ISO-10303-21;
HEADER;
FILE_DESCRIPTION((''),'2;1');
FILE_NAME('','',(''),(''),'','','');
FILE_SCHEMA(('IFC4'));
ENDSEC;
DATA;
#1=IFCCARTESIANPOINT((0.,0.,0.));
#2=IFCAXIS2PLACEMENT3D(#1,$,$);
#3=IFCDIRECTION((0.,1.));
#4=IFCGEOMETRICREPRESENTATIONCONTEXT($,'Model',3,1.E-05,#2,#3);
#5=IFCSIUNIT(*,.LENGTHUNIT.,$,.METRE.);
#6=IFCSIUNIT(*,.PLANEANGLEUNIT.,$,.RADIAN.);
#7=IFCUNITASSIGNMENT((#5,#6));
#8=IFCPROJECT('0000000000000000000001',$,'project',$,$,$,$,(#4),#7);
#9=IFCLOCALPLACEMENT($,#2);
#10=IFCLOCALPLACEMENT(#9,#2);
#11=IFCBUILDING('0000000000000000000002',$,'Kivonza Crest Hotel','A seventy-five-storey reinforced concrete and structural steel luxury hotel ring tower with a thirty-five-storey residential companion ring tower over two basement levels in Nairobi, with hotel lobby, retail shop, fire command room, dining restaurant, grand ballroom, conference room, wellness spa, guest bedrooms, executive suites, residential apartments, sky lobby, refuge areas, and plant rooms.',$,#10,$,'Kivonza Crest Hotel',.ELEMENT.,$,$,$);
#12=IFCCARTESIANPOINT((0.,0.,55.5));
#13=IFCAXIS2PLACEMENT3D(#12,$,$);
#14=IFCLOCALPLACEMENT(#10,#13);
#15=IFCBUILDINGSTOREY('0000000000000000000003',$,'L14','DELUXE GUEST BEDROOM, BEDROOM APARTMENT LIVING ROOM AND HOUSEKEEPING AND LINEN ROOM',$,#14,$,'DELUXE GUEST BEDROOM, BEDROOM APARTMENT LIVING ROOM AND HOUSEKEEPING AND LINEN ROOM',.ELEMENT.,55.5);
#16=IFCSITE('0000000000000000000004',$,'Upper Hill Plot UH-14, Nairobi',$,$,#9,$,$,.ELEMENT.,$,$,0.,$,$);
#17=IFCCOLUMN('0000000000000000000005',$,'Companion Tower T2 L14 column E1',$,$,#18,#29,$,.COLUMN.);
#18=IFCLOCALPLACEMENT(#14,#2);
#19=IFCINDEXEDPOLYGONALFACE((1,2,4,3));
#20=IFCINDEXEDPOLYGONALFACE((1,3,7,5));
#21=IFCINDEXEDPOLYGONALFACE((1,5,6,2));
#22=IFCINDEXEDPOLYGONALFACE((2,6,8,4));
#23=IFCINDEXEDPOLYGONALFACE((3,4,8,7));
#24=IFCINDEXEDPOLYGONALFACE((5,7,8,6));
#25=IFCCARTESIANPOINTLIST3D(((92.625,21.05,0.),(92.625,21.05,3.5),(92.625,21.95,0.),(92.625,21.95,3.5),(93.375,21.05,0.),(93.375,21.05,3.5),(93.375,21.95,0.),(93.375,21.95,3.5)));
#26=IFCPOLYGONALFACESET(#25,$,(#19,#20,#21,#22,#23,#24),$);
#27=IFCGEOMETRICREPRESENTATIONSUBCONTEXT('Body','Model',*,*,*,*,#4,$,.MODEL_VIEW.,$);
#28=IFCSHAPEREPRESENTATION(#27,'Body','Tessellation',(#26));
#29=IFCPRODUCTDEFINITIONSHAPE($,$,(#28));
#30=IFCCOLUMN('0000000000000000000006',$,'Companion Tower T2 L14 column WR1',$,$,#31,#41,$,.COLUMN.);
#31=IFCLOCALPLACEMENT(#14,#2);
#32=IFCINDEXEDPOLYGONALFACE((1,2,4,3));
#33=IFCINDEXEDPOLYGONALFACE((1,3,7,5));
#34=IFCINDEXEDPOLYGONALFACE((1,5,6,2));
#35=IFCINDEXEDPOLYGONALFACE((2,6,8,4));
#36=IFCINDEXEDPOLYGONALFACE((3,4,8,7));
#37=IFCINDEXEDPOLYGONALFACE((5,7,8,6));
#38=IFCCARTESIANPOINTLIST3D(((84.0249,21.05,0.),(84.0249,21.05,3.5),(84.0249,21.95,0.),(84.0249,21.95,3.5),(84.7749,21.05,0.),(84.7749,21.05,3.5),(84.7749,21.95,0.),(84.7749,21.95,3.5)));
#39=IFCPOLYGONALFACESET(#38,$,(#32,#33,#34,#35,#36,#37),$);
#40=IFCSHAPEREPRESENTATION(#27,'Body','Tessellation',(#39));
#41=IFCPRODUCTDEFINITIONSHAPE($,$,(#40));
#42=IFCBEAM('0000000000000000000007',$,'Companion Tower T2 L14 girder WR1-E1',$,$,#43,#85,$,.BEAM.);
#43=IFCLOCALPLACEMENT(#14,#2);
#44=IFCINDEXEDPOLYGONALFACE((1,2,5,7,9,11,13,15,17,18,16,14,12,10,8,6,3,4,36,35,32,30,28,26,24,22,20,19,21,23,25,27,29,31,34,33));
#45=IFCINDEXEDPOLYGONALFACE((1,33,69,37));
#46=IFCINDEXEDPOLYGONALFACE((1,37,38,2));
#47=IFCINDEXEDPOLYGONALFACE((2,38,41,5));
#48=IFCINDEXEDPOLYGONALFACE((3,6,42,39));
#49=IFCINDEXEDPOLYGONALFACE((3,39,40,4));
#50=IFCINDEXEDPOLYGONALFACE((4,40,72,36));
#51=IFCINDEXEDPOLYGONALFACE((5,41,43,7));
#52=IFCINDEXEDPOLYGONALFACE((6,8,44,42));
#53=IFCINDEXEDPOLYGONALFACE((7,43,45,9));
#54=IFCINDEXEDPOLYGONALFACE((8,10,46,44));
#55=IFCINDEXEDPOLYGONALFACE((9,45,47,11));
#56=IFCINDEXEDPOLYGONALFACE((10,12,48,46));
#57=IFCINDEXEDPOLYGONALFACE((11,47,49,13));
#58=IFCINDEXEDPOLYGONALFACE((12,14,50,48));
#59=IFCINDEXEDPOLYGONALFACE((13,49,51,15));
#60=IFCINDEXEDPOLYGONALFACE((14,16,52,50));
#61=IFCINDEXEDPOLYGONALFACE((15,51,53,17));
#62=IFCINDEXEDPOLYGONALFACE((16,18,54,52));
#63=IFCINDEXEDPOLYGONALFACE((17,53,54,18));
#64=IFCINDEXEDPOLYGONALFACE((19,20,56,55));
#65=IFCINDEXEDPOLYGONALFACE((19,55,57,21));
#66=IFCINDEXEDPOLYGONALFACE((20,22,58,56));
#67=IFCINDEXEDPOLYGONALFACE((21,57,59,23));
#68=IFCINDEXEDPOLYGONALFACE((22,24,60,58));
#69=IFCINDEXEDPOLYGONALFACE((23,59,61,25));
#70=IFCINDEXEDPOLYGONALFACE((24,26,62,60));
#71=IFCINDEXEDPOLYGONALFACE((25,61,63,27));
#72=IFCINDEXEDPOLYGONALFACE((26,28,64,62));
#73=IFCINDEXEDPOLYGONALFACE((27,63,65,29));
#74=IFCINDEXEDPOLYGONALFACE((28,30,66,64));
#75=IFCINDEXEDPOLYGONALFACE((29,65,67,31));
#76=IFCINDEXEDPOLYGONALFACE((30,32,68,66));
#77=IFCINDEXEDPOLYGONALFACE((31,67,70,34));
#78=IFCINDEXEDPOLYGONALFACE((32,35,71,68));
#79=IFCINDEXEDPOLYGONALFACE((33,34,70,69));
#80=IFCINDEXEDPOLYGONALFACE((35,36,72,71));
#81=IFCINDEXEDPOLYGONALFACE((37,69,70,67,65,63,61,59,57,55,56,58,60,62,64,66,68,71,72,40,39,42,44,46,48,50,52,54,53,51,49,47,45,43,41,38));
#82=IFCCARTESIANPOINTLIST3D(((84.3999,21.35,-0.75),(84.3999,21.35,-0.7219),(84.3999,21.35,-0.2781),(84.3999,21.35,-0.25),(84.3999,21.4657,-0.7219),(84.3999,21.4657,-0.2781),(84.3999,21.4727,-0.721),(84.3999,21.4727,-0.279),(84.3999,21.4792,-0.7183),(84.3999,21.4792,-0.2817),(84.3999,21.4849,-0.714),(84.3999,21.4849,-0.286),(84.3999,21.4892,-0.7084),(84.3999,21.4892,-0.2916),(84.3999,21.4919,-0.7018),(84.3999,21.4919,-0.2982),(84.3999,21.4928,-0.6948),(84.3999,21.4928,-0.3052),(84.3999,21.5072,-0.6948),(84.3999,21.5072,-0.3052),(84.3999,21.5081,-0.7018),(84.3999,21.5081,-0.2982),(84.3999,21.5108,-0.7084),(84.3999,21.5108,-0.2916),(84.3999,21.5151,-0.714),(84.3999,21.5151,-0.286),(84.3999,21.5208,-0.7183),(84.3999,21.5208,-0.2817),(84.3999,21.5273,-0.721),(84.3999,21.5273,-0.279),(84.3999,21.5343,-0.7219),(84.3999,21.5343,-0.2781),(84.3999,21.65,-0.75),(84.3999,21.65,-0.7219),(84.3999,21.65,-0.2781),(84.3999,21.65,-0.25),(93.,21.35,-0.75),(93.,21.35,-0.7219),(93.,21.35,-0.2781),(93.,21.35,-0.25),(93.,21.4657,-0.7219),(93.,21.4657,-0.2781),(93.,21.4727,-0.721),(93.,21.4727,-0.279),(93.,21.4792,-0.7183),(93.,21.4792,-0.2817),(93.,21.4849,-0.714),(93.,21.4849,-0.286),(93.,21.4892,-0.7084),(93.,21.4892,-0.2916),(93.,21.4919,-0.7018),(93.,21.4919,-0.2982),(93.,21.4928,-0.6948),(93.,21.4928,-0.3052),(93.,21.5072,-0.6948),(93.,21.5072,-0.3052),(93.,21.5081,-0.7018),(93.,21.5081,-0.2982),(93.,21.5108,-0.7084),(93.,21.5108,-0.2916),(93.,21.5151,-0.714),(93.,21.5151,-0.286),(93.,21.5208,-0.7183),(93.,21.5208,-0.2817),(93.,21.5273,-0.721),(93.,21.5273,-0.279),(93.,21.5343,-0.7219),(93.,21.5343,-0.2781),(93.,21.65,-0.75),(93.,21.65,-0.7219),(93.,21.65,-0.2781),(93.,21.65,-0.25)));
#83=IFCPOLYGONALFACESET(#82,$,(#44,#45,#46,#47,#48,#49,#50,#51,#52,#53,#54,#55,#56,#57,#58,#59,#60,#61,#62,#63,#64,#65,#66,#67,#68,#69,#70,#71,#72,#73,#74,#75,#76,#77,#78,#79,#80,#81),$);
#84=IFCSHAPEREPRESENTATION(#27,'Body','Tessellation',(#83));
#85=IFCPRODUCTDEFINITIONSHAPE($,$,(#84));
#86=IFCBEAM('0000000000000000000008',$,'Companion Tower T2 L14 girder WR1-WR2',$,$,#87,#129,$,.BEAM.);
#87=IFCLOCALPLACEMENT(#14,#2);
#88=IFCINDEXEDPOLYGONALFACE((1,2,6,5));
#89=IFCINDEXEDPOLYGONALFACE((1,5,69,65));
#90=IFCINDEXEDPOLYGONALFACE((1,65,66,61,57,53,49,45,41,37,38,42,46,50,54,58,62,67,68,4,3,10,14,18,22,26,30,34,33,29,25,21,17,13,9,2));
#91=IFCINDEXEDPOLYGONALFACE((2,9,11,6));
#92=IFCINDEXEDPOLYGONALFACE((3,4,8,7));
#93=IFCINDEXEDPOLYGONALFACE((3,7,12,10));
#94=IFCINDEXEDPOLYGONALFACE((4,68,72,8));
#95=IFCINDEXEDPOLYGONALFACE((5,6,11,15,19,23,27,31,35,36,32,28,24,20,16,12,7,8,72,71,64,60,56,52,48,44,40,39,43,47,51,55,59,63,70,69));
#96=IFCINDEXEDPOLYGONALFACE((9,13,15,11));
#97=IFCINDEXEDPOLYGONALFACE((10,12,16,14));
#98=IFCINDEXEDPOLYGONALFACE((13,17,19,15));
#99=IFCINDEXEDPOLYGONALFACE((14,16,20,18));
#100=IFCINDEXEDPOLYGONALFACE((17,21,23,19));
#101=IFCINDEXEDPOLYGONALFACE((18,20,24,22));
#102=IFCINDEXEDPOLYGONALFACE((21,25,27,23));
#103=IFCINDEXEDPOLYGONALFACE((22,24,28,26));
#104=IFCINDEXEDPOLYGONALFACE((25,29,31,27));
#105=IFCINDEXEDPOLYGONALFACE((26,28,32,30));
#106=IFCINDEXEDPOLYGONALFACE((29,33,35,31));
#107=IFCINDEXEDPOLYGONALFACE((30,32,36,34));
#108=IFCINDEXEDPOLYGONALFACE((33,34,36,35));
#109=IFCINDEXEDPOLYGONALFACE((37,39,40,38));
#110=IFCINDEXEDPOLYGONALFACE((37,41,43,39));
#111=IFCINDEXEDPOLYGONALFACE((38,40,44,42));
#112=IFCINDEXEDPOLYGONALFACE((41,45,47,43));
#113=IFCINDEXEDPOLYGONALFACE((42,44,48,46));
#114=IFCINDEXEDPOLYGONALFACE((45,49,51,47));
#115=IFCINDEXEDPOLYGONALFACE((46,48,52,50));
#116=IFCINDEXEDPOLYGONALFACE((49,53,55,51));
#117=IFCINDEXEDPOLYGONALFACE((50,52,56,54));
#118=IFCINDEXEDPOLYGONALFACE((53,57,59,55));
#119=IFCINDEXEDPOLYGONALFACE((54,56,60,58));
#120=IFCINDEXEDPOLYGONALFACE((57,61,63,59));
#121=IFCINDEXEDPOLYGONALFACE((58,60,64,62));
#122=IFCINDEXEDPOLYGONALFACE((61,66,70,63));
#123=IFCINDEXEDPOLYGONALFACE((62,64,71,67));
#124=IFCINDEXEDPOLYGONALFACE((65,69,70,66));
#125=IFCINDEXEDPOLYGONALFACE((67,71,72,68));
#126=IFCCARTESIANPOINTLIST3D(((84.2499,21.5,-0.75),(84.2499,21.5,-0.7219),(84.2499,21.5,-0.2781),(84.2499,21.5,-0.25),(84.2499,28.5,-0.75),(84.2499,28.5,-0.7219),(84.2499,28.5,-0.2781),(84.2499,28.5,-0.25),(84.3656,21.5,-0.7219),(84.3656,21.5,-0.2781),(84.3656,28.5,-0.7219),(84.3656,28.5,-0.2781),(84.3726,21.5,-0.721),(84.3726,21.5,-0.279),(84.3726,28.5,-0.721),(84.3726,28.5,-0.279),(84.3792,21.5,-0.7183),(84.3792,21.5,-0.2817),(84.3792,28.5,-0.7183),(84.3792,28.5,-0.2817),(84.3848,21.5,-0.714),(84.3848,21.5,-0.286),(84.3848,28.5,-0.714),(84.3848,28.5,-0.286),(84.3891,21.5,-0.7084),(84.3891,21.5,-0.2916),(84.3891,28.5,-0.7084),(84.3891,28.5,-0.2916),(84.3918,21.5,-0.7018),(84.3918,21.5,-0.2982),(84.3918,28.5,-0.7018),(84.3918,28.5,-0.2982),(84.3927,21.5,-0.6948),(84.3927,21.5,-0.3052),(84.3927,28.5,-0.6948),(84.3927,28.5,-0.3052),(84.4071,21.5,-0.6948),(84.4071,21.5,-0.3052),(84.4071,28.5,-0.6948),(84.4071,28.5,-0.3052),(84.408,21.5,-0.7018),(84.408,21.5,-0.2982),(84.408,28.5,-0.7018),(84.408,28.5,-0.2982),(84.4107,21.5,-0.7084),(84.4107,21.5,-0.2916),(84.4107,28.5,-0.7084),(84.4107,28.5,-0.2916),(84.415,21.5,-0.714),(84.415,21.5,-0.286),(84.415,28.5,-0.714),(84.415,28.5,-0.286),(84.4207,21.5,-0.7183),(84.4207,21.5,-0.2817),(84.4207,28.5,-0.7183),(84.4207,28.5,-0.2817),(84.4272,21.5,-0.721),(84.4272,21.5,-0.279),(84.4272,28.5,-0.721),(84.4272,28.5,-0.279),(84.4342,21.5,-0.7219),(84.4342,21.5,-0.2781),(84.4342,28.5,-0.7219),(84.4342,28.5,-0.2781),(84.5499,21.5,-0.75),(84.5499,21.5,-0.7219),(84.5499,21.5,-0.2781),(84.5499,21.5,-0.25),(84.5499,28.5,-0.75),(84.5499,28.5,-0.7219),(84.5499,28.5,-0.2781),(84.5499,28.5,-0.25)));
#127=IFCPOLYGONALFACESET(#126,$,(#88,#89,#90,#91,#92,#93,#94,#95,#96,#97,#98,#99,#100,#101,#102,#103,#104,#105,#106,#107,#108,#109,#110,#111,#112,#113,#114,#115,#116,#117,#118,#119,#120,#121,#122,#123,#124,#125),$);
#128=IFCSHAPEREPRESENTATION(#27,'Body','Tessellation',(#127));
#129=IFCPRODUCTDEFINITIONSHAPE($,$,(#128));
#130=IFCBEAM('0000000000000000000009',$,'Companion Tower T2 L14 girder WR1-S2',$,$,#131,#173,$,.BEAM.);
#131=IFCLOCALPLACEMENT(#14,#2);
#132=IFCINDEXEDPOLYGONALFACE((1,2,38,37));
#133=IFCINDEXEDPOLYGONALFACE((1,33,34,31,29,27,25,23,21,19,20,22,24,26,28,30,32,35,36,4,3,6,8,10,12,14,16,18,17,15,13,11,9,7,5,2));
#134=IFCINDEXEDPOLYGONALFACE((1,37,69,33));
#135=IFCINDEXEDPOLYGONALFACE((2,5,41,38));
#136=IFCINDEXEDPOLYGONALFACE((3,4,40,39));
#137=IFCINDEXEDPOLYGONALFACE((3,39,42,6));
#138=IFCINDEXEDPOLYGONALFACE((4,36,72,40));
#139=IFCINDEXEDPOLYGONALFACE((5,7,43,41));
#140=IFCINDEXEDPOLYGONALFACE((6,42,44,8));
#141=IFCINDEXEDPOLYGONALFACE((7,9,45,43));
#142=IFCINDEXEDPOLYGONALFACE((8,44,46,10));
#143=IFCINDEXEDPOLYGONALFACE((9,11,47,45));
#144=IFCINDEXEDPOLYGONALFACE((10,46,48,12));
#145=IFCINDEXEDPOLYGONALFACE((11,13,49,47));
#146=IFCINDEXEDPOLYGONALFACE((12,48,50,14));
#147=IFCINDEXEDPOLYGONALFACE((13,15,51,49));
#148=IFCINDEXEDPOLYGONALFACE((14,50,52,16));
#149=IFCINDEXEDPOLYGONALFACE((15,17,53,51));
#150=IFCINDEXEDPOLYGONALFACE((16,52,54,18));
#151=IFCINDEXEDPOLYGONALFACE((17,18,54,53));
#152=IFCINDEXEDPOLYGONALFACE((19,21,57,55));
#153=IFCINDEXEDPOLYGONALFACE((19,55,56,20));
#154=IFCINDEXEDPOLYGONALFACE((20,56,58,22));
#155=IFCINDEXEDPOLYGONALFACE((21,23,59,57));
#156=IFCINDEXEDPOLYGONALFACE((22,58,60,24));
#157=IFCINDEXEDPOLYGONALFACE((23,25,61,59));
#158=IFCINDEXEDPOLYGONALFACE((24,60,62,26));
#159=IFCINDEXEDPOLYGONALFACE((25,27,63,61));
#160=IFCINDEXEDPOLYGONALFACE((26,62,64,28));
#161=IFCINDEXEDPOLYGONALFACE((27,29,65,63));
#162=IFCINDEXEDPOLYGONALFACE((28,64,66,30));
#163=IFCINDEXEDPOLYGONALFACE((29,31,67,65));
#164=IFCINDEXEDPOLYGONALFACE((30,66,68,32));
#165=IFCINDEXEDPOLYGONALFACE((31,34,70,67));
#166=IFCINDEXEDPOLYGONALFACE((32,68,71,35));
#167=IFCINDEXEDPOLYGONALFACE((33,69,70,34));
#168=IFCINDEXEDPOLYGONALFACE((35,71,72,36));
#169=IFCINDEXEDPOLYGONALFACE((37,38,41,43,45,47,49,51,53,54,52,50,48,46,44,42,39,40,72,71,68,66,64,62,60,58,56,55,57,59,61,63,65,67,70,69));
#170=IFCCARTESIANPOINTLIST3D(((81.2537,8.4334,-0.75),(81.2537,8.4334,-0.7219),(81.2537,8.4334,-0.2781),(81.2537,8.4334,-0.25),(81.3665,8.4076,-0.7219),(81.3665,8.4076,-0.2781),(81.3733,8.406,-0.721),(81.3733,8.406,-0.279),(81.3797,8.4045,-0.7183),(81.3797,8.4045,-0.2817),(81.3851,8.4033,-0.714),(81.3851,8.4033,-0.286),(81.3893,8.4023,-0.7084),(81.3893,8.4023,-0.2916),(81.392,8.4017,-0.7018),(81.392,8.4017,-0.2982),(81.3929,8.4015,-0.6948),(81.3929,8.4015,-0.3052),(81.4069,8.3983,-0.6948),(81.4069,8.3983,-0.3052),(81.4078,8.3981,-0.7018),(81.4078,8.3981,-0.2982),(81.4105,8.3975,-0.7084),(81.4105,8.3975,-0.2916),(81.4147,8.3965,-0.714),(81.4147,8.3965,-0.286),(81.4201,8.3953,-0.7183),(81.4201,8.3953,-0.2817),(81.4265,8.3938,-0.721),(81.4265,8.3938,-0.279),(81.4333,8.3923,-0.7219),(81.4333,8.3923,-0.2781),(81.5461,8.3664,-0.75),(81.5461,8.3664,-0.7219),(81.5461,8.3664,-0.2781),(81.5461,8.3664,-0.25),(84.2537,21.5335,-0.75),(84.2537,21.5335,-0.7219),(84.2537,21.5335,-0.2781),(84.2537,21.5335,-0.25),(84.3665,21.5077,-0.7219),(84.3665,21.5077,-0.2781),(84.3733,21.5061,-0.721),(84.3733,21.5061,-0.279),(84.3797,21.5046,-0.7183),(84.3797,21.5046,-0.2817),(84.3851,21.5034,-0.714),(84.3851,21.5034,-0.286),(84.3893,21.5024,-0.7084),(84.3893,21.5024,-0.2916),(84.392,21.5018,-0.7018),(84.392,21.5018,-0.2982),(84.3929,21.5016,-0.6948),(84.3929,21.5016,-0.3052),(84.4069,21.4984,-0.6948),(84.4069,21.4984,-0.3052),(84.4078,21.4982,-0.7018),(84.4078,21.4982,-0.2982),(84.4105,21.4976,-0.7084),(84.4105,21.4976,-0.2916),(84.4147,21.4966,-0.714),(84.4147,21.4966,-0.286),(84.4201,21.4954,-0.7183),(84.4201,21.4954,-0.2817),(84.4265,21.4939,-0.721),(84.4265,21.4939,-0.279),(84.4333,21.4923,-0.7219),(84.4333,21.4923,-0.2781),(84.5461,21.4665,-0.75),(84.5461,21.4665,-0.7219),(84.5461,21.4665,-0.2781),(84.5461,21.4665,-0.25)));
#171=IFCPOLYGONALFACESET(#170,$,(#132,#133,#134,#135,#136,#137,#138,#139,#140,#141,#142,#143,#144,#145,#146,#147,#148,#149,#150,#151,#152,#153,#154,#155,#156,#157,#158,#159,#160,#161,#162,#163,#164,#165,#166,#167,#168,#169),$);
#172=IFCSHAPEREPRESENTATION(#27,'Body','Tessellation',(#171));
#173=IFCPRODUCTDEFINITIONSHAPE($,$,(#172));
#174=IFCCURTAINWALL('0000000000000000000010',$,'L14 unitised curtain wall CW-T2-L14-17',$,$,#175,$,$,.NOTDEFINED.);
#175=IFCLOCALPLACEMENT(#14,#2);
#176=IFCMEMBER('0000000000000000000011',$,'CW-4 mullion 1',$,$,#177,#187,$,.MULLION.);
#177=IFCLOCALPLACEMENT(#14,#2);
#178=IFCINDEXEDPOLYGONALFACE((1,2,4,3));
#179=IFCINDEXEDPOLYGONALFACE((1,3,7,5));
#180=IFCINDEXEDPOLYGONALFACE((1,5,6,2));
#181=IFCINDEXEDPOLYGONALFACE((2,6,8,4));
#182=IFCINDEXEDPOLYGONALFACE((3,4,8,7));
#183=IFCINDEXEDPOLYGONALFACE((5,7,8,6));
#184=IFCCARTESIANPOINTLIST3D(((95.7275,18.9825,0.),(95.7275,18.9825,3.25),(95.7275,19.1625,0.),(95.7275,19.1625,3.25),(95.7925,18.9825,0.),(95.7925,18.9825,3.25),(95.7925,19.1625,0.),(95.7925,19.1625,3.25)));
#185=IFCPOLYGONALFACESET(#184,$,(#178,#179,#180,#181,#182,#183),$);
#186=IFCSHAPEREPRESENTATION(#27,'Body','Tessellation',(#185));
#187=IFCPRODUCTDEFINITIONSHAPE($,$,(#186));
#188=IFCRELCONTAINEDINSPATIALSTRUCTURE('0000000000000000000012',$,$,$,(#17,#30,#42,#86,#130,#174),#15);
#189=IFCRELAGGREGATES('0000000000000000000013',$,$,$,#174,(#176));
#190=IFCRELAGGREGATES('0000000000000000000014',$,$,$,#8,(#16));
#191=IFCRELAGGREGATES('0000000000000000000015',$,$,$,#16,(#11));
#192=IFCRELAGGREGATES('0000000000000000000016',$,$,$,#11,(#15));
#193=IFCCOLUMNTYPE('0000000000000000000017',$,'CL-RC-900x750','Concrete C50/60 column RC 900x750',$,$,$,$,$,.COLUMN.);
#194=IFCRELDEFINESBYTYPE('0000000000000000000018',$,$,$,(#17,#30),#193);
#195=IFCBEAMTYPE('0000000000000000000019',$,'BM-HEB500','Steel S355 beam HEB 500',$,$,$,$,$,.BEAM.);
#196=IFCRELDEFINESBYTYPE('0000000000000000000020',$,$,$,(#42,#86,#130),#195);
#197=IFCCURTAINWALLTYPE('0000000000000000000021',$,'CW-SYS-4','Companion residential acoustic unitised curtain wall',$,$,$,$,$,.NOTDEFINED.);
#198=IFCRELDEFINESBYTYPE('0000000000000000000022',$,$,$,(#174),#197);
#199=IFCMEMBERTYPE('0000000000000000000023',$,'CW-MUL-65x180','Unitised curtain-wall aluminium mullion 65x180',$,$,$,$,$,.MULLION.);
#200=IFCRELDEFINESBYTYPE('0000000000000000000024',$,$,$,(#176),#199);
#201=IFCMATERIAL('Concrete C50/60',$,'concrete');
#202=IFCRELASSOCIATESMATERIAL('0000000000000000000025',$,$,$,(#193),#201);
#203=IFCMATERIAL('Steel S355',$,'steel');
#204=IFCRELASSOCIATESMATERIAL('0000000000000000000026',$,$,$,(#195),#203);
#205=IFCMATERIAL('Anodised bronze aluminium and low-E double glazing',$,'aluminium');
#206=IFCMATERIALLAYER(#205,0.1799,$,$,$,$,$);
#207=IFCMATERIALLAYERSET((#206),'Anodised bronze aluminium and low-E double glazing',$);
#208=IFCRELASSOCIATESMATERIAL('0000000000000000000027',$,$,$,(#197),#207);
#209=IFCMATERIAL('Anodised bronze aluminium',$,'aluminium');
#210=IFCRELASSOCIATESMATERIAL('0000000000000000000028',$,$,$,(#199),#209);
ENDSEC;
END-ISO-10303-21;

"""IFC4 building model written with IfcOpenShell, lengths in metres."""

from ifc_helpers import new_model, si_unit, direction, frame, origin, origin_2d, place, context, subcontext, project, spatial, rectangle, i_section, extrude, material, layer, layer_set, material_profile, profile_set, type_object, element, aggregate, save


model = new_model("IFC4")

# Units and contexts
model_context = context("Model", 3, precision=1e-05, world=origin(), true_north=direction((0.0, 1.0)))
body_context = subcontext(model_context, "Body", "Model", "MODEL_VIEW")
ifc_project = project(units=[si_unit("LENGTHUNIT", "METRE"), si_unit("PLANEANGLEUNIT", "RADIAN")], contexts=[model_context])

# Site, building, storey
site_placement = place(None, origin())
site = spatial("IfcSite", under=ifc_project, at=site_placement, Name="Upper Hill Plot UH-14, Nairobi", CompositionType="ELEMENT", RefElevation=0.0)
building_placement = place(site_placement, origin())
building = spatial("IfcBuilding", under=site, at=building_placement, Name="Kivonza Crest Hotel", Description="A seventy-five-storey reinforced concrete and structural steel luxury hotel ring tower with a thirty-five-storey residential companion ring tower over two basement levels in Nairobi, with hotel lobby, retail shop, fire command room, dining restaurant, grand ballroom, conference room, wellness spa, guest bedrooms, executive suites, residential apartments, sky lobby, refuge areas, and plant rooms.", LongName="Kivonza Crest Hotel", CompositionType="ELEMENT")
storey_placement = place(building_placement, frame((0.0, 0.0, 55.5)))
storey = spatial("IfcBuildingStorey", under=building, at=storey_placement, Name="L14", Description="DELUXE GUEST BEDROOM, BEDROOM APARTMENT LIVING ROOM AND HOUSEKEEPING AND LINEN ROOM", LongName="DELUXE GUEST BEDROOM, BEDROOM APARTMENT LIVING ROOM AND HOUSEKEEPING AND LINEN ROOM", CompositionType="ELEMENT", Elevation=55.5)

# Columns
ifc_material_1 = material(Name="Concrete C50/60", Category="concrete")
ifc_material_profile_1 = material_profile(ifc_material_1, rectangle(XDim=0.75, YDim=0.8999, at=origin_2d()), Name="RC 900x750")
ifc_profile_set_1 = profile_set([ifc_material_profile_1], Name="Concrete C50/60")
column_type = type_object("IfcColumnType", Name="CL-RC-900x750", Description="Concrete C50/60 column RC 900x750", PredefinedType="COLUMN", material=ifc_profile_set_1)
for number, where, z_axis, x_axis, name in (
    (1, (93.0, 21.5, 0.0), (0.0, 0.0, 1.0), (1.0, 0.0, 0.0), "Companion Tower T2 L14 column E1"),
    (2, (84.3999, 21.5, 0.0), (0.0, 0.0, 1.0), (1.0, 0.0, 0.0), "Companion Tower T2 L14 column WR1"),
):
    element("IfcColumn", number, at=place(storey_placement, frame(where, z_axis=z_axis, x_axis=x_axis)), inside=storey, type_object=column_type, Name=name, PredefinedType="COLUMN", context=body_context, shape_type="SweptSolid", body=[
        extrude(rectangle(XDim=0.75, YDim=0.8999, at=origin_2d()), origin(), (0.0, 0.0, 1.0), 3.5),
    ])

# Beams
ifc_material_2 = material(Name="Steel S355", Category="steel")
ifc_material_profile_2 = material_profile(ifc_material_2, i_section(OverallWidth=0.3, OverallDepth=0.5, WebThickness=0.0144, FlangeThickness=0.0281, FilletRadius=0.0271, at=origin_2d()), Name="HEB 500")
ifc_profile_set_2 = profile_set([ifc_material_profile_2], Name="Steel S355")
beam_type = type_object("IfcBeamType", Name="BM-HEB500", Description="Steel S355 beam HEB 500", PredefinedType="BEAM", material=ifc_profile_set_2)
beam_1_placement = place(storey_placement, frame((84.3999, 21.5, -0.5), z_axis=(1.0, 0.0, 0.0), x_axis=(0.0, 1.0, 0.0)))
element("IfcBeam", 3, at=beam_1_placement, inside=storey, type_object=beam_type, Name="Companion Tower T2 L14 girder WR1-E1", PredefinedType="BEAM", context=body_context, shape_type="SweptSolid", body=[
    extrude(i_section(OverallWidth=0.3, OverallDepth=0.5, WebThickness=0.0144, FlangeThickness=0.0281, FilletRadius=0.0271, at=origin_2d()), origin(), (0.0, 0.0, 1.0), 8.6001),
])
beam_2_placement = place(storey_placement, frame((84.3999, 21.5, -0.5), z_axis=(0.0, 1.0, 0.0), x_axis=(-1.0, 0.0, 0.0)))
element("IfcBeam", 4, at=beam_2_placement, inside=storey, type_object=beam_type, Name="Companion Tower T2 L14 girder WR1-WR2", PredefinedType="BEAM", context=body_context, shape_type="SweptSolid", body=[
    extrude(i_section(OverallWidth=0.3, OverallDepth=0.5, WebThickness=0.0144, FlangeThickness=0.0281, FilletRadius=0.0271, at=origin_2d()), origin(), (0.0, 0.0, 1.0), 7.0),
])
beam_3_placement = place(storey_placement, frame((84.3999, 21.5, -0.5), z_axis=(-0.223227, -0.974766, 0.0), x_axis=(0.974766, -0.223227, 0.0)))
element("IfcBeam", 5, at=beam_3_placement, inside=storey, type_object=beam_type, Name="Companion Tower T2 L14 girder WR1-S2", PredefinedType="BEAM", context=body_context, shape_type="SweptSolid", body=[
    extrude(i_section(OverallWidth=0.3, OverallDepth=0.5, WebThickness=0.0144, FlangeThickness=0.0281, FilletRadius=0.0271, at=origin_2d()), origin(), (0.0, 0.0, 1.0), 13.4392),
])

# Curtain wall, member
ifc_material_3 = material(Name="Anodised bronze aluminium and low-E double glazing", Category="aluminium")
ifc_layer_1 = layer(ifc_material_3, 0.1799)
ifc_layer_set_1 = layer_set([ifc_layer_1], Name="Anodised bronze aluminium and low-E double glazing")
curtain_wall_type = type_object("IfcCurtainWallType", Name="CW-SYS-4", Description="Companion residential acoustic unitised curtain wall", PredefinedType="NOTDEFINED", material=ifc_layer_set_1)
curtain_wall_placement = place(storey_placement, origin())
curtain_wall = element("IfcCurtainWall", 6, at=curtain_wall_placement, inside=storey, type_object=curtain_wall_type, Name="L14 unitised curtain wall CW-T2-L14-17", PredefinedType="NOTDEFINED")
ifc_material_4 = material(Name="Anodised bronze aluminium", Category="aluminium")
ifc_material_profile_3 = material_profile(ifc_material_4, rectangle(XDim=0.0649, YDim=0.1799, at=origin_2d()), Name="CW-M 65x180")
ifc_profile_set_3 = profile_set([ifc_material_profile_3], Name="Anodised bronze aluminium")
member_type_1 = type_object("IfcMemberType", Name="CW-MUL-65x180", Description="Unitised curtain-wall aluminium mullion 65x180", PredefinedType="MULLION", material=ifc_profile_set_3)
member_1_placement = place(storey_placement, frame((95.76, 19.0725, 0.0), z_axis=(0.0, 0.0, 1.0), x_axis=(-1.0, 0.0, 0.0)))
member_1 = element("IfcMember", 7, at=member_1_placement, type_object=member_type_1, Name="CW-4 mullion 1", PredefinedType="MULLION", context=body_context, shape_type="SweptSolid", body=[
    extrude(rectangle(XDim=0.0649, YDim=0.1799, at=origin_2d()), origin(), (0.0, 0.0, 1.0), 3.25),
])
aggregate(curtain_wall, [member_1])

save(model, "model.ifc")
